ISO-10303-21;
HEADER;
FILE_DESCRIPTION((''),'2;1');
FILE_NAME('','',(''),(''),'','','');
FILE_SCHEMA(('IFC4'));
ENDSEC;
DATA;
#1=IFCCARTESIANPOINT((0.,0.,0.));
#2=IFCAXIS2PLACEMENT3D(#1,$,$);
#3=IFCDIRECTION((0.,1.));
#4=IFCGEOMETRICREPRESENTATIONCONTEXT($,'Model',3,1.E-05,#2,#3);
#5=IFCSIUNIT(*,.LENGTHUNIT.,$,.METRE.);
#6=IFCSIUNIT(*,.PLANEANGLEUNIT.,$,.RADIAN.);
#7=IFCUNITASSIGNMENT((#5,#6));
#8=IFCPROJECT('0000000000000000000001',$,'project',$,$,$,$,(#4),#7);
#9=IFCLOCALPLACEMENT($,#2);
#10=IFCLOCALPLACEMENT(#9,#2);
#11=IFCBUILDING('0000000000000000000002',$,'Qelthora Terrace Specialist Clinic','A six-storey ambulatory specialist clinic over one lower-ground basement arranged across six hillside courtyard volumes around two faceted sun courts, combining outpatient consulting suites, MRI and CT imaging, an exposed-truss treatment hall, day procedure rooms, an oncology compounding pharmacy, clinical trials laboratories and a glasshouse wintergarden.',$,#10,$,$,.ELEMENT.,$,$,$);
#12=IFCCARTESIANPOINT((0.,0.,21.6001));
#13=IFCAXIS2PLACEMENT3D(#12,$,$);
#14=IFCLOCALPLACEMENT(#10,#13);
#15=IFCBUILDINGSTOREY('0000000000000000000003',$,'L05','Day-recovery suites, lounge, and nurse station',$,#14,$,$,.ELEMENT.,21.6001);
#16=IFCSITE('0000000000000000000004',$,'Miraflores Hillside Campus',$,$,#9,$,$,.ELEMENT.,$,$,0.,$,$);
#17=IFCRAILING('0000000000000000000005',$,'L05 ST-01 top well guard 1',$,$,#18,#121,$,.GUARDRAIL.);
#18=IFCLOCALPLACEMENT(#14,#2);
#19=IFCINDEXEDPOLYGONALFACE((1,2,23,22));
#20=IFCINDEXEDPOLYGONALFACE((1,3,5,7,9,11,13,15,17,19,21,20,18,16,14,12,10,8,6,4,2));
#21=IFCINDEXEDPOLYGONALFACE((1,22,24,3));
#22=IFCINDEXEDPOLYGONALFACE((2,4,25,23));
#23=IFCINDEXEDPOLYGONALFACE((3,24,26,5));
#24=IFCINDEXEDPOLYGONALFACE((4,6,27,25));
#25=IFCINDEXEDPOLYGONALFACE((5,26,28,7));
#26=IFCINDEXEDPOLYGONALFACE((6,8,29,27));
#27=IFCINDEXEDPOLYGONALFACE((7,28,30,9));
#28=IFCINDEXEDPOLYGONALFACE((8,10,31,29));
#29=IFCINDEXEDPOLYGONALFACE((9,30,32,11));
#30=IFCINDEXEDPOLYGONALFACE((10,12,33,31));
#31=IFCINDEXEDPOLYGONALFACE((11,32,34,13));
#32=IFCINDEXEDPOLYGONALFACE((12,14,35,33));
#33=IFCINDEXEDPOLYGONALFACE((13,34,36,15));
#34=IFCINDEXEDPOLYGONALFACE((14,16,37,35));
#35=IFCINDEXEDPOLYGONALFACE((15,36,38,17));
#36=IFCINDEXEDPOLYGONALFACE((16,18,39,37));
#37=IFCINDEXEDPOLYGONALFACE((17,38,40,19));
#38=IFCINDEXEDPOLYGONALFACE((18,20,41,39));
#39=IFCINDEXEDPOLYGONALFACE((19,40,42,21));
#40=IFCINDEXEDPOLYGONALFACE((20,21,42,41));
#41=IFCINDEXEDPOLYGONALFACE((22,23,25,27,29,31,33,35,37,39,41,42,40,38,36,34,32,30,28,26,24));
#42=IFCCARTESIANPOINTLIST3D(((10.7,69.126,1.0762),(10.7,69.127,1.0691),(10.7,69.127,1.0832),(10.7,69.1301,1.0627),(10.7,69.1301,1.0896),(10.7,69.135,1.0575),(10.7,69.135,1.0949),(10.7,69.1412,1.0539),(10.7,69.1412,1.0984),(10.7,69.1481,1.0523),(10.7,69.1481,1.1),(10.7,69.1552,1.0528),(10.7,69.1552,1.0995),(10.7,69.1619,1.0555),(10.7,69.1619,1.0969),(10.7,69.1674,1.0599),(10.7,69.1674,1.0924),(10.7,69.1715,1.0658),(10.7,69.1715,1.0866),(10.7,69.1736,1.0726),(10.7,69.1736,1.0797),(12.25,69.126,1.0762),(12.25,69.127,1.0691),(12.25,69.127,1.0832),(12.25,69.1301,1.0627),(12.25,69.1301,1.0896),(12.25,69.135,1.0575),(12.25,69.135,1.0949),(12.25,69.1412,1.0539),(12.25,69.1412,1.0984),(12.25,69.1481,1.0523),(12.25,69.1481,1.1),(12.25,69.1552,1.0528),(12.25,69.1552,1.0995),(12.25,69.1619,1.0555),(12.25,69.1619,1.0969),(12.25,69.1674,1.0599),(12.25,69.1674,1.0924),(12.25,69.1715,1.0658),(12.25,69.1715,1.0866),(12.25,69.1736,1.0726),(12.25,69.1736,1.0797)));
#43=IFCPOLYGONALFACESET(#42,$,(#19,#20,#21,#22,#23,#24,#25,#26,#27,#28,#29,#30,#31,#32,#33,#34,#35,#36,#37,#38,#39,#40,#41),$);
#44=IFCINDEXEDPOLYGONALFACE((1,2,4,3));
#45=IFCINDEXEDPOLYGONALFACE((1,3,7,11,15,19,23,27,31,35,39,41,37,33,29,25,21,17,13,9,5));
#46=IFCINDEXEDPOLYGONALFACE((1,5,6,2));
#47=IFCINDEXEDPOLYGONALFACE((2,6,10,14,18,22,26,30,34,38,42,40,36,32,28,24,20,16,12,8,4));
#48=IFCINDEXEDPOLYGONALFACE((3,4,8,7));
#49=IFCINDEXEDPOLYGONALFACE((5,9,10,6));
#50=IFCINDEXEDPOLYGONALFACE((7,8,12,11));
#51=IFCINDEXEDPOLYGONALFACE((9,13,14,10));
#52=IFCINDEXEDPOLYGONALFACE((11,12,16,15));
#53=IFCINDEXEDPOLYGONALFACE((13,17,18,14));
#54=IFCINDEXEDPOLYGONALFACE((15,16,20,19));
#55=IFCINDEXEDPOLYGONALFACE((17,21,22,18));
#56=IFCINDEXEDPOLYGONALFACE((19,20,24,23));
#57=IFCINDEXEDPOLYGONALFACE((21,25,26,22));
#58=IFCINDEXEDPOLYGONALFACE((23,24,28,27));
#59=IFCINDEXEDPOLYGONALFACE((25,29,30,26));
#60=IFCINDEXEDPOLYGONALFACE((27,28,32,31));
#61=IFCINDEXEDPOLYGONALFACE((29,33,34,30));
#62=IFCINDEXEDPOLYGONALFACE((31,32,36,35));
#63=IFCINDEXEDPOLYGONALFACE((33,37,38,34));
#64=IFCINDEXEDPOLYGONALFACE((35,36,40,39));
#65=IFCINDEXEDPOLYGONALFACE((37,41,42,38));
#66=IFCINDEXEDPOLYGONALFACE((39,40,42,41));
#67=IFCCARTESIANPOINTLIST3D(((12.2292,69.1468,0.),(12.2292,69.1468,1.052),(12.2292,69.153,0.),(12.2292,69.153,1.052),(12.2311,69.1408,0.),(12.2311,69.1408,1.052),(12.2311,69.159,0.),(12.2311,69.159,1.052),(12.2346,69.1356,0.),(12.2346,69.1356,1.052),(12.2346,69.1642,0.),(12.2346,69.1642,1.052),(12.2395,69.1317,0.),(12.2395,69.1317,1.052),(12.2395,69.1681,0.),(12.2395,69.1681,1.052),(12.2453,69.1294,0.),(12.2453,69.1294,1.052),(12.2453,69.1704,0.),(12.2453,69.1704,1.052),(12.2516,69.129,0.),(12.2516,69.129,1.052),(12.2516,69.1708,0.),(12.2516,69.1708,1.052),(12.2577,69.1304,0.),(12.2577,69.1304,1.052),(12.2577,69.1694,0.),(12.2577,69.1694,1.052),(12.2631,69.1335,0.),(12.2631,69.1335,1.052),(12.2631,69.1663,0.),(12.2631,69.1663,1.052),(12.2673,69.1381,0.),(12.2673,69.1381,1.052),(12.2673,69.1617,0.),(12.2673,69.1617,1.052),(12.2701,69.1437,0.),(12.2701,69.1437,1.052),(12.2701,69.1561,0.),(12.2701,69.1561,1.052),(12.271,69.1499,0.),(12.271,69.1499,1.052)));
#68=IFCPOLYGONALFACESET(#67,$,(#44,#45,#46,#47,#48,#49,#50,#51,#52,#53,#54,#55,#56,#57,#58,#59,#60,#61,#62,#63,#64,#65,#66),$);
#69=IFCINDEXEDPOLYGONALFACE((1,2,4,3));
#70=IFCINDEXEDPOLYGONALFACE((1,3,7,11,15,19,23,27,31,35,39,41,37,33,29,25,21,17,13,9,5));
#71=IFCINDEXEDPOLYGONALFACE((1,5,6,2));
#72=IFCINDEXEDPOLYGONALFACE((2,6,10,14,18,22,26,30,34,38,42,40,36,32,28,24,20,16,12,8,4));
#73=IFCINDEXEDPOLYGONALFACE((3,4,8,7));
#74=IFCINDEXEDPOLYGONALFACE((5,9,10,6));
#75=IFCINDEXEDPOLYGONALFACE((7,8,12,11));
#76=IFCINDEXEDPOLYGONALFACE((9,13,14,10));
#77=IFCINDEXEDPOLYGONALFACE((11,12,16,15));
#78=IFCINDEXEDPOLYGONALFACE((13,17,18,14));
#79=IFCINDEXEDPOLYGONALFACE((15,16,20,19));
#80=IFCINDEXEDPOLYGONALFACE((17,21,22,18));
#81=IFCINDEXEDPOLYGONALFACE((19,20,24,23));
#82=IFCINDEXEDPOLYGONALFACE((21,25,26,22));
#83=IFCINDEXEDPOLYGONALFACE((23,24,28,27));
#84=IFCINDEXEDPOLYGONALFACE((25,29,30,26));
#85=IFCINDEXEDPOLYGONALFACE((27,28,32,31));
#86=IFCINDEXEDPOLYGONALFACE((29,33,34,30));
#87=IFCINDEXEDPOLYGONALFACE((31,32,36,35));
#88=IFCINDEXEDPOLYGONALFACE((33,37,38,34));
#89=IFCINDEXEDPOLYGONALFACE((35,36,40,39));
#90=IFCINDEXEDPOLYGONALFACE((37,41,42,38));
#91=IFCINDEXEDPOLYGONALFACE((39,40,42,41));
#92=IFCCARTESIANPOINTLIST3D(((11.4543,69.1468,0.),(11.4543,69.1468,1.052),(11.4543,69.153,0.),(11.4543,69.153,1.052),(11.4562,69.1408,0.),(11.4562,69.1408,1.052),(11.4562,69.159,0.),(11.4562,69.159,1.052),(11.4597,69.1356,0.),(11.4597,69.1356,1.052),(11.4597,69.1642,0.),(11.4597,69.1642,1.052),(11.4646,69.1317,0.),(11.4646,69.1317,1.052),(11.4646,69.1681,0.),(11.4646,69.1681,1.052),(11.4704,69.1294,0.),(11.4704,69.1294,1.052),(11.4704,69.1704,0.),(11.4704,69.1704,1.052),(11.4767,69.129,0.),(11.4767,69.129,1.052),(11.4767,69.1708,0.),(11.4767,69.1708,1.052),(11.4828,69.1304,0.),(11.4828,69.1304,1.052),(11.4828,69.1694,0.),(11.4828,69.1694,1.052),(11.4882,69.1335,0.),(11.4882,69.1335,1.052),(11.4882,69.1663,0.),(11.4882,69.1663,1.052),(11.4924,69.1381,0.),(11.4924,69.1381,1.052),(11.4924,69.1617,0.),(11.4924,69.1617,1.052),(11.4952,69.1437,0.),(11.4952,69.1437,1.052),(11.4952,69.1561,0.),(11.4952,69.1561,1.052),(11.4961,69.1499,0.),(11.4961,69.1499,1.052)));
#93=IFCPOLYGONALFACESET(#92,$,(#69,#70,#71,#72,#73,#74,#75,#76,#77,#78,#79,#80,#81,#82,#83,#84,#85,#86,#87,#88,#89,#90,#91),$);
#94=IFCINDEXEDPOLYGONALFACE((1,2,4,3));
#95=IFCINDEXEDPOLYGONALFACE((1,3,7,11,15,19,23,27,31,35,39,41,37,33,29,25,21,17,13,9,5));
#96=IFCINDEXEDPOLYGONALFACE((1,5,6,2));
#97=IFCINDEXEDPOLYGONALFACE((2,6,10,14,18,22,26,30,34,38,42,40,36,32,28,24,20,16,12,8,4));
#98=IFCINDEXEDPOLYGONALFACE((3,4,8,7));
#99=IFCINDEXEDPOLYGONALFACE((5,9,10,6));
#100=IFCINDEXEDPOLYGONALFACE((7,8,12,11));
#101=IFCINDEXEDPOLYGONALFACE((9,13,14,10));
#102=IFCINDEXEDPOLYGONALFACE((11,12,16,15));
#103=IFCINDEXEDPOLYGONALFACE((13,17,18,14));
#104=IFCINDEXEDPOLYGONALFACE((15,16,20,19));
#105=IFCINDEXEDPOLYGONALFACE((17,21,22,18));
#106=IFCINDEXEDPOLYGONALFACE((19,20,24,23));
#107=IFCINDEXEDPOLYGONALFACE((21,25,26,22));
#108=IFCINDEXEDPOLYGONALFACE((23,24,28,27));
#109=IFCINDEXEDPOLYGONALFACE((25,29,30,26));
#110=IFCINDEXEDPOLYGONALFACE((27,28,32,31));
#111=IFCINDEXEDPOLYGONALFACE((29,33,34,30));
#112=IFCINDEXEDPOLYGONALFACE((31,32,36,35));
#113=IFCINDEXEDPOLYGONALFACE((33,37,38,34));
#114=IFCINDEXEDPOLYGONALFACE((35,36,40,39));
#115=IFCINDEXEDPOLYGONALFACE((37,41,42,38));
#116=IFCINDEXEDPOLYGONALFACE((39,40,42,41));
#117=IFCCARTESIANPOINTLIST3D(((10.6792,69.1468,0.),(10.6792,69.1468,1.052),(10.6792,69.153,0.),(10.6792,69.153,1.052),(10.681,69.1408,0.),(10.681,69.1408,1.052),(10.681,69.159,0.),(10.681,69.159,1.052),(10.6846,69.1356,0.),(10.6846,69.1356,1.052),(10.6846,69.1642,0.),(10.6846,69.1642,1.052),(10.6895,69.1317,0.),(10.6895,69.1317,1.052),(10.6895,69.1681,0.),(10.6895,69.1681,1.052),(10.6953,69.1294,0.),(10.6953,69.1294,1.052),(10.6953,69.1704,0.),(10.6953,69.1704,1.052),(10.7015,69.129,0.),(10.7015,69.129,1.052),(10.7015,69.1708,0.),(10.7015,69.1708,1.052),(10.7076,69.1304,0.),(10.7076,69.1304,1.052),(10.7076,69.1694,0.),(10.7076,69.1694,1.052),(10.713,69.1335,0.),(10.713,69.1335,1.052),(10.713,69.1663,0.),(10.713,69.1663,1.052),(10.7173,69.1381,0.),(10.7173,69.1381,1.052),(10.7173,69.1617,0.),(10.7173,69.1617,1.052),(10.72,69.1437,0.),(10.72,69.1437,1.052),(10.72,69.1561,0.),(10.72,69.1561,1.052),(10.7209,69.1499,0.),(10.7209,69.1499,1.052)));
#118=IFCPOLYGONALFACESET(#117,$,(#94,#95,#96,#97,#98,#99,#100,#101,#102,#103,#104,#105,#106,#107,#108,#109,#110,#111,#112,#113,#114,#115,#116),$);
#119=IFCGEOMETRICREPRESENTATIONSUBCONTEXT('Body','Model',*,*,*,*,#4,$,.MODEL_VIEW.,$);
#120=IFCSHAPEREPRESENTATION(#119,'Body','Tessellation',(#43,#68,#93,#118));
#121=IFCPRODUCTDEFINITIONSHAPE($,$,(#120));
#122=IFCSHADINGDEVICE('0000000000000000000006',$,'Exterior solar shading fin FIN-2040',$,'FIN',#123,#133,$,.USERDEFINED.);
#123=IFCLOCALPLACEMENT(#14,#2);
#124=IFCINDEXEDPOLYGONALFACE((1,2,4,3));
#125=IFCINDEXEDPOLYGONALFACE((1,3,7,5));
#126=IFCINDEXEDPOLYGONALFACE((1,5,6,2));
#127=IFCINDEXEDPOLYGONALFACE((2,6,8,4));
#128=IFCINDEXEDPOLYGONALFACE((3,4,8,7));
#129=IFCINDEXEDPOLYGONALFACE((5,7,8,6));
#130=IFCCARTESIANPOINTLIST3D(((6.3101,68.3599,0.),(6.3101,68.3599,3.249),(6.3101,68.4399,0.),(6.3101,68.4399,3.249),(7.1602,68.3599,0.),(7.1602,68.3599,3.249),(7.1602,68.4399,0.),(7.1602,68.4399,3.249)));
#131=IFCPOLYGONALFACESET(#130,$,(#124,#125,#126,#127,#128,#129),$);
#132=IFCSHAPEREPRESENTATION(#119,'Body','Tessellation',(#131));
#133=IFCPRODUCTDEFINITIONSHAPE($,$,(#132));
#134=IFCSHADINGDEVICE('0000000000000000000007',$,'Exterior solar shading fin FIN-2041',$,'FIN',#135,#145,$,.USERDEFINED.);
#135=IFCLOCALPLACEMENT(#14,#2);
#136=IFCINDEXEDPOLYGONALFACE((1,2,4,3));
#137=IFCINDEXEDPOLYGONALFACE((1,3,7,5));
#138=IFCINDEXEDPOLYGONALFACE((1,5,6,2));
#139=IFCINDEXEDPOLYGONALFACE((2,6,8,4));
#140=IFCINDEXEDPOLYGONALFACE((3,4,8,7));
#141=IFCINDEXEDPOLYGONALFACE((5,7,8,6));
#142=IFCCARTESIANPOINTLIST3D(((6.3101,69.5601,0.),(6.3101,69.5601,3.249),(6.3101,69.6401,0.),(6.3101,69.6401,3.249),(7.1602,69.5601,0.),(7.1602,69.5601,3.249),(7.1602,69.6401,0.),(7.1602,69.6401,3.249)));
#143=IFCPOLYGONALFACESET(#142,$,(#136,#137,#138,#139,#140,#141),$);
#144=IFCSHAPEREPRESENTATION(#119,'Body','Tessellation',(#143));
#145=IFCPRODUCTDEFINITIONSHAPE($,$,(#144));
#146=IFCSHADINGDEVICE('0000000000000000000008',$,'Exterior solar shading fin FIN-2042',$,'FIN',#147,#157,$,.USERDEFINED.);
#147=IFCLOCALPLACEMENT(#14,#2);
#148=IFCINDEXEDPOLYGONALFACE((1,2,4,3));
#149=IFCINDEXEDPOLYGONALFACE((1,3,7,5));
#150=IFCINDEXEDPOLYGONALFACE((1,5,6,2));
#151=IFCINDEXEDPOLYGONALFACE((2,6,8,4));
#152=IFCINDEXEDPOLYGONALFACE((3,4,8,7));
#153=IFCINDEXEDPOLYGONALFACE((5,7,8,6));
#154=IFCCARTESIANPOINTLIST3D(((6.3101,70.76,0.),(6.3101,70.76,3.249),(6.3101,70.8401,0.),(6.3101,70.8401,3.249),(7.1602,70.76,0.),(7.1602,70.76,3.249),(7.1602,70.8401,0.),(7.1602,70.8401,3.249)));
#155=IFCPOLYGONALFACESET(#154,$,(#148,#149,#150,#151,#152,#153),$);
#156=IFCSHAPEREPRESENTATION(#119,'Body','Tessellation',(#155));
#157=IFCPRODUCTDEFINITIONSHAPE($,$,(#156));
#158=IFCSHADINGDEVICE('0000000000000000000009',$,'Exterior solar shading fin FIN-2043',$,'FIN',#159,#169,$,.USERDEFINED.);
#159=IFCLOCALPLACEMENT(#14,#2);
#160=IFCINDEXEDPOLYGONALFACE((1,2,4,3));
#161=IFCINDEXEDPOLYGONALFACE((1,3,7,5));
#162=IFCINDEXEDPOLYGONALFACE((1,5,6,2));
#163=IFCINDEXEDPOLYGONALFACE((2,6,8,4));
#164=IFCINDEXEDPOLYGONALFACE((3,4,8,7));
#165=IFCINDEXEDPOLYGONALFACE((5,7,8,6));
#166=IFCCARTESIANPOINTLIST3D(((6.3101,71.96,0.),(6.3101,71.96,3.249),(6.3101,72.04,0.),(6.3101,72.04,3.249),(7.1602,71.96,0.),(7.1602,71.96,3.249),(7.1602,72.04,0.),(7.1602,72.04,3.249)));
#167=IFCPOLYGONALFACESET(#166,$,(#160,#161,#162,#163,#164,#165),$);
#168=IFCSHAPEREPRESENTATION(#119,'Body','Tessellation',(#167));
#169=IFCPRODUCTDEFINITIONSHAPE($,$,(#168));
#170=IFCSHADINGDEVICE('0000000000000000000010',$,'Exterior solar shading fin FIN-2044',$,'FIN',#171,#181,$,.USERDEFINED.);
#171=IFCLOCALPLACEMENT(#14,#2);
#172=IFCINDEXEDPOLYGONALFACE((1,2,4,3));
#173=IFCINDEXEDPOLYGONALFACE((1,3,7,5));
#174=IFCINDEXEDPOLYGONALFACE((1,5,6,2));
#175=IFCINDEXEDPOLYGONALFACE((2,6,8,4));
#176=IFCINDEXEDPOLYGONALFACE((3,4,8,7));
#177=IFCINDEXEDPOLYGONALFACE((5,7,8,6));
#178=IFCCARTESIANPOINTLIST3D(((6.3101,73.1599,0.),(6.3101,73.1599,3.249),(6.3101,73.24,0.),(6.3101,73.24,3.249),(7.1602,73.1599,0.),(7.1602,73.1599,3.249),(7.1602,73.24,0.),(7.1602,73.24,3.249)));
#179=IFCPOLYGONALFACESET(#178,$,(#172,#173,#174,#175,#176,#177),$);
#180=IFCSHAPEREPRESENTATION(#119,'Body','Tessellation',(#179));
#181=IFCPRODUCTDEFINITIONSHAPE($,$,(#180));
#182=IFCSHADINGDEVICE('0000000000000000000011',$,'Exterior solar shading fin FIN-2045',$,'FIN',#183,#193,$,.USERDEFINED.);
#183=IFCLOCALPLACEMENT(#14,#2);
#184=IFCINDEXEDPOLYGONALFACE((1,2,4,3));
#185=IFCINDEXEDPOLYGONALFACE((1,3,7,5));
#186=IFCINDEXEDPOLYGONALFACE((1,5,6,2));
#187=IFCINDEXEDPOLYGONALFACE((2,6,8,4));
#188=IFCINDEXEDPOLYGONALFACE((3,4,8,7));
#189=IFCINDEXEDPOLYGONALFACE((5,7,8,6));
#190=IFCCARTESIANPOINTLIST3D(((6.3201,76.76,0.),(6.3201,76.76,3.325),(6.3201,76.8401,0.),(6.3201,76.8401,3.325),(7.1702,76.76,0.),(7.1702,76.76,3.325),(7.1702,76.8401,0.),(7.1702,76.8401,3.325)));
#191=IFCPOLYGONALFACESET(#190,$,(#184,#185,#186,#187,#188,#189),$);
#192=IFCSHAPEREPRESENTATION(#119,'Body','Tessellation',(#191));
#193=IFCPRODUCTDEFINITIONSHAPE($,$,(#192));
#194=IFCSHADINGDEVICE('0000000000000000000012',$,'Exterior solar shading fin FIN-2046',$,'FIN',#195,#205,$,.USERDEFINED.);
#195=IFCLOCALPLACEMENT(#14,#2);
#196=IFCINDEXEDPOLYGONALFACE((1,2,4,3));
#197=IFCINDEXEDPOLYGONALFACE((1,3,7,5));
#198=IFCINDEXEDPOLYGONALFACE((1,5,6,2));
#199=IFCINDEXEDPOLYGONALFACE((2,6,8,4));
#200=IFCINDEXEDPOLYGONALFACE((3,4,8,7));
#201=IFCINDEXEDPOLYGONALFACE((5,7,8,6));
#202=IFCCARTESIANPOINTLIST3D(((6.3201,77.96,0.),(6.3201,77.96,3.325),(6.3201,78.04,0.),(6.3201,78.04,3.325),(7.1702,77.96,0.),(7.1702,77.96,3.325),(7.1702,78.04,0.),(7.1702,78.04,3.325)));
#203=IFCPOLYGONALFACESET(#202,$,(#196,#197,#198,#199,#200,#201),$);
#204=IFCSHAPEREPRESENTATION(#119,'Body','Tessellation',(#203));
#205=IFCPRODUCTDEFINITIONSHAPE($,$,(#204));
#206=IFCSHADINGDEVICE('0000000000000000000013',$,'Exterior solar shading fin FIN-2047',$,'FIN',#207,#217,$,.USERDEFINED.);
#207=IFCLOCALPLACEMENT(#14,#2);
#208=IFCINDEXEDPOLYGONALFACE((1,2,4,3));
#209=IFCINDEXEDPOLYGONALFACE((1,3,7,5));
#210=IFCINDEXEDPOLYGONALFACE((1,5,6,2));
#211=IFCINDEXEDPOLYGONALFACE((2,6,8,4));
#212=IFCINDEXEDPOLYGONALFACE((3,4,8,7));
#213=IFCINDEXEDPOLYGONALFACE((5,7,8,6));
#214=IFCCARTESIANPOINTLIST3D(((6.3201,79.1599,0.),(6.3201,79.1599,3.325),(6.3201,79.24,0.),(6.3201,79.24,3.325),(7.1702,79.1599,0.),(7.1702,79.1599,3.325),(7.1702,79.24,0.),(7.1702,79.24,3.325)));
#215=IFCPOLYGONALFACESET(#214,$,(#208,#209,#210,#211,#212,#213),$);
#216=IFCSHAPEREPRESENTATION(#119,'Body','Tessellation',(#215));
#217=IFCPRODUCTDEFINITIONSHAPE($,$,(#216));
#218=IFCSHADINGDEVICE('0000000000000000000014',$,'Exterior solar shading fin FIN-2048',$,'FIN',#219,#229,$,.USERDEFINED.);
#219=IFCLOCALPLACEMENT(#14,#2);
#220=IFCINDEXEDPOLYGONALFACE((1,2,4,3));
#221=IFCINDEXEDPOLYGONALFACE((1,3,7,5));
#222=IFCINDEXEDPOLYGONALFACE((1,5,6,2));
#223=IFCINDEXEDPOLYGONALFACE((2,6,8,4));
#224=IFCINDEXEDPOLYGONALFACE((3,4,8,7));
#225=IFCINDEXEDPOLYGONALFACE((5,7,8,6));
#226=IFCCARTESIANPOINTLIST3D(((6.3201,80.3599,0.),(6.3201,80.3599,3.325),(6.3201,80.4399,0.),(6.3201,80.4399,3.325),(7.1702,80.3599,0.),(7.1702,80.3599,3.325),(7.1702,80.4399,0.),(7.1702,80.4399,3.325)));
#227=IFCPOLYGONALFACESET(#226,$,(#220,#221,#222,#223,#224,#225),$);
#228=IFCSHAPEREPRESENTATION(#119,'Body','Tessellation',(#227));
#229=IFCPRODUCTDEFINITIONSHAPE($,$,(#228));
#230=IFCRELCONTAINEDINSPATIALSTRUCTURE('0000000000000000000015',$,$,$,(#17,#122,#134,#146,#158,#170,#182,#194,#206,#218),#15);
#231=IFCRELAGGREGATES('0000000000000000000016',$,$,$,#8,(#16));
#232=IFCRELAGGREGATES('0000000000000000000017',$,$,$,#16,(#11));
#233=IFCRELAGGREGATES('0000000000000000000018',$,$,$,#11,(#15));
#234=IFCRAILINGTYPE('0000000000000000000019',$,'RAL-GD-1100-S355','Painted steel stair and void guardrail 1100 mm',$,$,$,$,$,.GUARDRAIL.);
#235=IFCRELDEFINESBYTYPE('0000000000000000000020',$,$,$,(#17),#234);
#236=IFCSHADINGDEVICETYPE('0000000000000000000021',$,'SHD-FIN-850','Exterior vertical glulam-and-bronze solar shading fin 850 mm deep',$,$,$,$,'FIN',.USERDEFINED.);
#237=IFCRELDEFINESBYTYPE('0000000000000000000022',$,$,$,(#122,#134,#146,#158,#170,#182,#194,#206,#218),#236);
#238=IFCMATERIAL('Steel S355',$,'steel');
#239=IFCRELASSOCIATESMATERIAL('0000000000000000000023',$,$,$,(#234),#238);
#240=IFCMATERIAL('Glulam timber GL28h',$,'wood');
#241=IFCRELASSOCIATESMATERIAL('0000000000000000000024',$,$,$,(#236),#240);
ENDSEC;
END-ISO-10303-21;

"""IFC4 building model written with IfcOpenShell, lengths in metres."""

from ifc_helpers import new_model, si_unit, direction, frame, origin, origin_2d, place, context, subcontext, project, spatial, rectangle, circle, extrude, material, type_object, element, save


model = new_model("IFC4")

# Units and contexts
model_context = context("Model", 3, precision=1e-05, world=origin(), true_north=direction((0.0, 1.0)))
body_context = subcontext(model_context, "Body", "Model", "MODEL_VIEW")
ifc_project = project(units=[si_unit("LENGTHUNIT", "METRE"), si_unit("PLANEANGLEUNIT", "RADIAN")], contexts=[model_context])

# Site, building, storey
site_placement = place(None, origin())
site = spatial("IfcSite", under=ifc_project, at=site_placement, Name="Miraflores Hillside Campus", CompositionType="ELEMENT", RefElevation=0.0)
building_placement = place(site_placement, origin())
building = spatial("IfcBuilding", under=site, at=building_placement, Name="Qelthora Terrace Specialist Clinic", Description="A six-storey ambulatory specialist clinic over one lower-ground basement arranged across six hillside courtyard volumes around two faceted sun courts, combining outpatient consulting suites, MRI and CT imaging, an exposed-truss treatment hall, day procedure rooms, an oncology compounding pharmacy, clinical trials laboratories and a glasshouse wintergarden.", CompositionType="ELEMENT")
storey_placement = place(building_placement, frame((0.0, 0.0, 21.6001)))
storey = spatial("IfcBuildingStorey", under=building, at=storey_placement, Name="L05", Description="Day-recovery suites, lounge, and nurse station", CompositionType="ELEMENT", Elevation=21.6001)

# Shared definitions
ifc_material_1 = material(Name="Steel S355", Category="steel")

# Railing
railing_type = type_object("IfcRailingType", Name="RAL-GD-1100-S355", Description="Painted steel stair and void guardrail 1100 mm", PredefinedType="GUARDRAIL", material=ifc_material_1)
railing_placement = place(storey_placement, frame((12.25, 69.1499, 0.0)))
element("IfcRailing", 1, at=railing_placement, inside=storey, type_object=railing_type, Name="L05 ST-01 top well guard 1", PredefinedType="GUARDRAIL", context=body_context, shape_type="SweptSolid", body=[
    extrude(circle(Radius=0.0239, at=origin_2d()), frame((0.0, 0.0, 1.0762), z_axis=(-1.0, 0.0, 0.0), x_axis=(0.0, -1.0, 0.0)), (0.0, 0.0, 1.0), 1.55),
    extrude(circle(Radius=0.021, at=origin_2d()), origin(), (0.0, 0.0, 1.0), 1.052),
    extrude(circle(Radius=0.021, at=origin_2d()), frame((-0.7749, 0.0, 0.0)), (0.0, 0.0, 1.0), 1.052),
    extrude(circle(Radius=0.021, at=origin_2d()), frame((-1.55, 0.0, 0.0)), (0.0, 0.0, 1.0), 1.052),
])

# Shading devices
ifc_material_2 = material(Name="Glulam timber GL28h", Category="wood")
shading_device_type = type_object("IfcShadingDeviceType", Name="SHD-FIN-850", Description="Exterior vertical glulam-and-bronze solar shading fin 850 mm deep", ElementType="FIN", PredefinedType="USERDEFINED", material=ifc_material_2)
for number, where, z_axis, x_axis, name in (
    (2, (6.7351, 68.3999, 0.0), (0.0, 0.0, 1.0), (-1.0, 0.0, 0.0), "Exterior solar shading fin FIN-2040"),
    (3, (6.7351, 69.6001, 0.0), (0.0, 0.0, 1.0), (-1.0, 0.0, 0.0), "Exterior solar shading fin FIN-2041"),
    (4, (6.7351, 70.8, 0.0), (0.0, 0.0, 1.0), (-1.0, 0.0, 0.0), "Exterior solar shading fin FIN-2042"),
    (5, (6.7351, 72.0, 0.0), (0.0, 0.0, 1.0), (-1.0, 0.0, 0.0), "Exterior solar shading fin FIN-2043"),
    (6, (6.7351, 73.2, 0.0), (0.0, 0.0, 1.0), (-1.0, 0.0, 0.0), "Exterior solar shading fin FIN-2044"),
):
    element("IfcShadingDevice", number, at=place(storey_placement, frame(where, z_axis=z_axis, x_axis=x_axis)), inside=storey, type_object=shading_device_type, Name=name, ObjectType="FIN", PredefinedType="USERDEFINED", context=body_context, shape_type="SweptSolid", body=[
        extrude(rectangle(XDim=0.8501, YDim=0.0801, at=origin_2d()), origin(), (0.0, 0.0, 1.0), 3.249),
    ])
for number, where, z_axis, x_axis, name in (
    (7, (6.7451, 76.8, 0.0), (0.0, 0.0, 1.0), (-1.0, 0.0, 0.0), "Exterior solar shading fin FIN-2045"),
    (8, (6.7451, 78.0, 0.0), (0.0, 0.0, 1.0), (-1.0, 0.0, 0.0), "Exterior solar shading fin FIN-2046"),
    (9, (6.7451, 79.2, 0.0), (0.0, 0.0, 1.0), (-1.0, 0.0, 0.0), "Exterior solar shading fin FIN-2047"),
    (10, (6.7451, 80.3999, 0.0), (0.0, 0.0, 1.0), (-1.0, 0.0, 0.0), "Exterior solar shading fin FIN-2048"),
):
    element("IfcShadingDevice", number, at=place(storey_placement, frame(where, z_axis=z_axis, x_axis=x_axis)), inside=storey, type_object=shading_device_type, Name=name, ObjectType="FIN", PredefinedType="USERDEFINED", context=body_context, shape_type="SweptSolid", body=[
        extrude(rectangle(XDim=0.8501, YDim=0.0801, at=origin_2d()), origin(), (0.0, 0.0, 1.0), 3.325),
    ])

save(model, "model.ifc")
